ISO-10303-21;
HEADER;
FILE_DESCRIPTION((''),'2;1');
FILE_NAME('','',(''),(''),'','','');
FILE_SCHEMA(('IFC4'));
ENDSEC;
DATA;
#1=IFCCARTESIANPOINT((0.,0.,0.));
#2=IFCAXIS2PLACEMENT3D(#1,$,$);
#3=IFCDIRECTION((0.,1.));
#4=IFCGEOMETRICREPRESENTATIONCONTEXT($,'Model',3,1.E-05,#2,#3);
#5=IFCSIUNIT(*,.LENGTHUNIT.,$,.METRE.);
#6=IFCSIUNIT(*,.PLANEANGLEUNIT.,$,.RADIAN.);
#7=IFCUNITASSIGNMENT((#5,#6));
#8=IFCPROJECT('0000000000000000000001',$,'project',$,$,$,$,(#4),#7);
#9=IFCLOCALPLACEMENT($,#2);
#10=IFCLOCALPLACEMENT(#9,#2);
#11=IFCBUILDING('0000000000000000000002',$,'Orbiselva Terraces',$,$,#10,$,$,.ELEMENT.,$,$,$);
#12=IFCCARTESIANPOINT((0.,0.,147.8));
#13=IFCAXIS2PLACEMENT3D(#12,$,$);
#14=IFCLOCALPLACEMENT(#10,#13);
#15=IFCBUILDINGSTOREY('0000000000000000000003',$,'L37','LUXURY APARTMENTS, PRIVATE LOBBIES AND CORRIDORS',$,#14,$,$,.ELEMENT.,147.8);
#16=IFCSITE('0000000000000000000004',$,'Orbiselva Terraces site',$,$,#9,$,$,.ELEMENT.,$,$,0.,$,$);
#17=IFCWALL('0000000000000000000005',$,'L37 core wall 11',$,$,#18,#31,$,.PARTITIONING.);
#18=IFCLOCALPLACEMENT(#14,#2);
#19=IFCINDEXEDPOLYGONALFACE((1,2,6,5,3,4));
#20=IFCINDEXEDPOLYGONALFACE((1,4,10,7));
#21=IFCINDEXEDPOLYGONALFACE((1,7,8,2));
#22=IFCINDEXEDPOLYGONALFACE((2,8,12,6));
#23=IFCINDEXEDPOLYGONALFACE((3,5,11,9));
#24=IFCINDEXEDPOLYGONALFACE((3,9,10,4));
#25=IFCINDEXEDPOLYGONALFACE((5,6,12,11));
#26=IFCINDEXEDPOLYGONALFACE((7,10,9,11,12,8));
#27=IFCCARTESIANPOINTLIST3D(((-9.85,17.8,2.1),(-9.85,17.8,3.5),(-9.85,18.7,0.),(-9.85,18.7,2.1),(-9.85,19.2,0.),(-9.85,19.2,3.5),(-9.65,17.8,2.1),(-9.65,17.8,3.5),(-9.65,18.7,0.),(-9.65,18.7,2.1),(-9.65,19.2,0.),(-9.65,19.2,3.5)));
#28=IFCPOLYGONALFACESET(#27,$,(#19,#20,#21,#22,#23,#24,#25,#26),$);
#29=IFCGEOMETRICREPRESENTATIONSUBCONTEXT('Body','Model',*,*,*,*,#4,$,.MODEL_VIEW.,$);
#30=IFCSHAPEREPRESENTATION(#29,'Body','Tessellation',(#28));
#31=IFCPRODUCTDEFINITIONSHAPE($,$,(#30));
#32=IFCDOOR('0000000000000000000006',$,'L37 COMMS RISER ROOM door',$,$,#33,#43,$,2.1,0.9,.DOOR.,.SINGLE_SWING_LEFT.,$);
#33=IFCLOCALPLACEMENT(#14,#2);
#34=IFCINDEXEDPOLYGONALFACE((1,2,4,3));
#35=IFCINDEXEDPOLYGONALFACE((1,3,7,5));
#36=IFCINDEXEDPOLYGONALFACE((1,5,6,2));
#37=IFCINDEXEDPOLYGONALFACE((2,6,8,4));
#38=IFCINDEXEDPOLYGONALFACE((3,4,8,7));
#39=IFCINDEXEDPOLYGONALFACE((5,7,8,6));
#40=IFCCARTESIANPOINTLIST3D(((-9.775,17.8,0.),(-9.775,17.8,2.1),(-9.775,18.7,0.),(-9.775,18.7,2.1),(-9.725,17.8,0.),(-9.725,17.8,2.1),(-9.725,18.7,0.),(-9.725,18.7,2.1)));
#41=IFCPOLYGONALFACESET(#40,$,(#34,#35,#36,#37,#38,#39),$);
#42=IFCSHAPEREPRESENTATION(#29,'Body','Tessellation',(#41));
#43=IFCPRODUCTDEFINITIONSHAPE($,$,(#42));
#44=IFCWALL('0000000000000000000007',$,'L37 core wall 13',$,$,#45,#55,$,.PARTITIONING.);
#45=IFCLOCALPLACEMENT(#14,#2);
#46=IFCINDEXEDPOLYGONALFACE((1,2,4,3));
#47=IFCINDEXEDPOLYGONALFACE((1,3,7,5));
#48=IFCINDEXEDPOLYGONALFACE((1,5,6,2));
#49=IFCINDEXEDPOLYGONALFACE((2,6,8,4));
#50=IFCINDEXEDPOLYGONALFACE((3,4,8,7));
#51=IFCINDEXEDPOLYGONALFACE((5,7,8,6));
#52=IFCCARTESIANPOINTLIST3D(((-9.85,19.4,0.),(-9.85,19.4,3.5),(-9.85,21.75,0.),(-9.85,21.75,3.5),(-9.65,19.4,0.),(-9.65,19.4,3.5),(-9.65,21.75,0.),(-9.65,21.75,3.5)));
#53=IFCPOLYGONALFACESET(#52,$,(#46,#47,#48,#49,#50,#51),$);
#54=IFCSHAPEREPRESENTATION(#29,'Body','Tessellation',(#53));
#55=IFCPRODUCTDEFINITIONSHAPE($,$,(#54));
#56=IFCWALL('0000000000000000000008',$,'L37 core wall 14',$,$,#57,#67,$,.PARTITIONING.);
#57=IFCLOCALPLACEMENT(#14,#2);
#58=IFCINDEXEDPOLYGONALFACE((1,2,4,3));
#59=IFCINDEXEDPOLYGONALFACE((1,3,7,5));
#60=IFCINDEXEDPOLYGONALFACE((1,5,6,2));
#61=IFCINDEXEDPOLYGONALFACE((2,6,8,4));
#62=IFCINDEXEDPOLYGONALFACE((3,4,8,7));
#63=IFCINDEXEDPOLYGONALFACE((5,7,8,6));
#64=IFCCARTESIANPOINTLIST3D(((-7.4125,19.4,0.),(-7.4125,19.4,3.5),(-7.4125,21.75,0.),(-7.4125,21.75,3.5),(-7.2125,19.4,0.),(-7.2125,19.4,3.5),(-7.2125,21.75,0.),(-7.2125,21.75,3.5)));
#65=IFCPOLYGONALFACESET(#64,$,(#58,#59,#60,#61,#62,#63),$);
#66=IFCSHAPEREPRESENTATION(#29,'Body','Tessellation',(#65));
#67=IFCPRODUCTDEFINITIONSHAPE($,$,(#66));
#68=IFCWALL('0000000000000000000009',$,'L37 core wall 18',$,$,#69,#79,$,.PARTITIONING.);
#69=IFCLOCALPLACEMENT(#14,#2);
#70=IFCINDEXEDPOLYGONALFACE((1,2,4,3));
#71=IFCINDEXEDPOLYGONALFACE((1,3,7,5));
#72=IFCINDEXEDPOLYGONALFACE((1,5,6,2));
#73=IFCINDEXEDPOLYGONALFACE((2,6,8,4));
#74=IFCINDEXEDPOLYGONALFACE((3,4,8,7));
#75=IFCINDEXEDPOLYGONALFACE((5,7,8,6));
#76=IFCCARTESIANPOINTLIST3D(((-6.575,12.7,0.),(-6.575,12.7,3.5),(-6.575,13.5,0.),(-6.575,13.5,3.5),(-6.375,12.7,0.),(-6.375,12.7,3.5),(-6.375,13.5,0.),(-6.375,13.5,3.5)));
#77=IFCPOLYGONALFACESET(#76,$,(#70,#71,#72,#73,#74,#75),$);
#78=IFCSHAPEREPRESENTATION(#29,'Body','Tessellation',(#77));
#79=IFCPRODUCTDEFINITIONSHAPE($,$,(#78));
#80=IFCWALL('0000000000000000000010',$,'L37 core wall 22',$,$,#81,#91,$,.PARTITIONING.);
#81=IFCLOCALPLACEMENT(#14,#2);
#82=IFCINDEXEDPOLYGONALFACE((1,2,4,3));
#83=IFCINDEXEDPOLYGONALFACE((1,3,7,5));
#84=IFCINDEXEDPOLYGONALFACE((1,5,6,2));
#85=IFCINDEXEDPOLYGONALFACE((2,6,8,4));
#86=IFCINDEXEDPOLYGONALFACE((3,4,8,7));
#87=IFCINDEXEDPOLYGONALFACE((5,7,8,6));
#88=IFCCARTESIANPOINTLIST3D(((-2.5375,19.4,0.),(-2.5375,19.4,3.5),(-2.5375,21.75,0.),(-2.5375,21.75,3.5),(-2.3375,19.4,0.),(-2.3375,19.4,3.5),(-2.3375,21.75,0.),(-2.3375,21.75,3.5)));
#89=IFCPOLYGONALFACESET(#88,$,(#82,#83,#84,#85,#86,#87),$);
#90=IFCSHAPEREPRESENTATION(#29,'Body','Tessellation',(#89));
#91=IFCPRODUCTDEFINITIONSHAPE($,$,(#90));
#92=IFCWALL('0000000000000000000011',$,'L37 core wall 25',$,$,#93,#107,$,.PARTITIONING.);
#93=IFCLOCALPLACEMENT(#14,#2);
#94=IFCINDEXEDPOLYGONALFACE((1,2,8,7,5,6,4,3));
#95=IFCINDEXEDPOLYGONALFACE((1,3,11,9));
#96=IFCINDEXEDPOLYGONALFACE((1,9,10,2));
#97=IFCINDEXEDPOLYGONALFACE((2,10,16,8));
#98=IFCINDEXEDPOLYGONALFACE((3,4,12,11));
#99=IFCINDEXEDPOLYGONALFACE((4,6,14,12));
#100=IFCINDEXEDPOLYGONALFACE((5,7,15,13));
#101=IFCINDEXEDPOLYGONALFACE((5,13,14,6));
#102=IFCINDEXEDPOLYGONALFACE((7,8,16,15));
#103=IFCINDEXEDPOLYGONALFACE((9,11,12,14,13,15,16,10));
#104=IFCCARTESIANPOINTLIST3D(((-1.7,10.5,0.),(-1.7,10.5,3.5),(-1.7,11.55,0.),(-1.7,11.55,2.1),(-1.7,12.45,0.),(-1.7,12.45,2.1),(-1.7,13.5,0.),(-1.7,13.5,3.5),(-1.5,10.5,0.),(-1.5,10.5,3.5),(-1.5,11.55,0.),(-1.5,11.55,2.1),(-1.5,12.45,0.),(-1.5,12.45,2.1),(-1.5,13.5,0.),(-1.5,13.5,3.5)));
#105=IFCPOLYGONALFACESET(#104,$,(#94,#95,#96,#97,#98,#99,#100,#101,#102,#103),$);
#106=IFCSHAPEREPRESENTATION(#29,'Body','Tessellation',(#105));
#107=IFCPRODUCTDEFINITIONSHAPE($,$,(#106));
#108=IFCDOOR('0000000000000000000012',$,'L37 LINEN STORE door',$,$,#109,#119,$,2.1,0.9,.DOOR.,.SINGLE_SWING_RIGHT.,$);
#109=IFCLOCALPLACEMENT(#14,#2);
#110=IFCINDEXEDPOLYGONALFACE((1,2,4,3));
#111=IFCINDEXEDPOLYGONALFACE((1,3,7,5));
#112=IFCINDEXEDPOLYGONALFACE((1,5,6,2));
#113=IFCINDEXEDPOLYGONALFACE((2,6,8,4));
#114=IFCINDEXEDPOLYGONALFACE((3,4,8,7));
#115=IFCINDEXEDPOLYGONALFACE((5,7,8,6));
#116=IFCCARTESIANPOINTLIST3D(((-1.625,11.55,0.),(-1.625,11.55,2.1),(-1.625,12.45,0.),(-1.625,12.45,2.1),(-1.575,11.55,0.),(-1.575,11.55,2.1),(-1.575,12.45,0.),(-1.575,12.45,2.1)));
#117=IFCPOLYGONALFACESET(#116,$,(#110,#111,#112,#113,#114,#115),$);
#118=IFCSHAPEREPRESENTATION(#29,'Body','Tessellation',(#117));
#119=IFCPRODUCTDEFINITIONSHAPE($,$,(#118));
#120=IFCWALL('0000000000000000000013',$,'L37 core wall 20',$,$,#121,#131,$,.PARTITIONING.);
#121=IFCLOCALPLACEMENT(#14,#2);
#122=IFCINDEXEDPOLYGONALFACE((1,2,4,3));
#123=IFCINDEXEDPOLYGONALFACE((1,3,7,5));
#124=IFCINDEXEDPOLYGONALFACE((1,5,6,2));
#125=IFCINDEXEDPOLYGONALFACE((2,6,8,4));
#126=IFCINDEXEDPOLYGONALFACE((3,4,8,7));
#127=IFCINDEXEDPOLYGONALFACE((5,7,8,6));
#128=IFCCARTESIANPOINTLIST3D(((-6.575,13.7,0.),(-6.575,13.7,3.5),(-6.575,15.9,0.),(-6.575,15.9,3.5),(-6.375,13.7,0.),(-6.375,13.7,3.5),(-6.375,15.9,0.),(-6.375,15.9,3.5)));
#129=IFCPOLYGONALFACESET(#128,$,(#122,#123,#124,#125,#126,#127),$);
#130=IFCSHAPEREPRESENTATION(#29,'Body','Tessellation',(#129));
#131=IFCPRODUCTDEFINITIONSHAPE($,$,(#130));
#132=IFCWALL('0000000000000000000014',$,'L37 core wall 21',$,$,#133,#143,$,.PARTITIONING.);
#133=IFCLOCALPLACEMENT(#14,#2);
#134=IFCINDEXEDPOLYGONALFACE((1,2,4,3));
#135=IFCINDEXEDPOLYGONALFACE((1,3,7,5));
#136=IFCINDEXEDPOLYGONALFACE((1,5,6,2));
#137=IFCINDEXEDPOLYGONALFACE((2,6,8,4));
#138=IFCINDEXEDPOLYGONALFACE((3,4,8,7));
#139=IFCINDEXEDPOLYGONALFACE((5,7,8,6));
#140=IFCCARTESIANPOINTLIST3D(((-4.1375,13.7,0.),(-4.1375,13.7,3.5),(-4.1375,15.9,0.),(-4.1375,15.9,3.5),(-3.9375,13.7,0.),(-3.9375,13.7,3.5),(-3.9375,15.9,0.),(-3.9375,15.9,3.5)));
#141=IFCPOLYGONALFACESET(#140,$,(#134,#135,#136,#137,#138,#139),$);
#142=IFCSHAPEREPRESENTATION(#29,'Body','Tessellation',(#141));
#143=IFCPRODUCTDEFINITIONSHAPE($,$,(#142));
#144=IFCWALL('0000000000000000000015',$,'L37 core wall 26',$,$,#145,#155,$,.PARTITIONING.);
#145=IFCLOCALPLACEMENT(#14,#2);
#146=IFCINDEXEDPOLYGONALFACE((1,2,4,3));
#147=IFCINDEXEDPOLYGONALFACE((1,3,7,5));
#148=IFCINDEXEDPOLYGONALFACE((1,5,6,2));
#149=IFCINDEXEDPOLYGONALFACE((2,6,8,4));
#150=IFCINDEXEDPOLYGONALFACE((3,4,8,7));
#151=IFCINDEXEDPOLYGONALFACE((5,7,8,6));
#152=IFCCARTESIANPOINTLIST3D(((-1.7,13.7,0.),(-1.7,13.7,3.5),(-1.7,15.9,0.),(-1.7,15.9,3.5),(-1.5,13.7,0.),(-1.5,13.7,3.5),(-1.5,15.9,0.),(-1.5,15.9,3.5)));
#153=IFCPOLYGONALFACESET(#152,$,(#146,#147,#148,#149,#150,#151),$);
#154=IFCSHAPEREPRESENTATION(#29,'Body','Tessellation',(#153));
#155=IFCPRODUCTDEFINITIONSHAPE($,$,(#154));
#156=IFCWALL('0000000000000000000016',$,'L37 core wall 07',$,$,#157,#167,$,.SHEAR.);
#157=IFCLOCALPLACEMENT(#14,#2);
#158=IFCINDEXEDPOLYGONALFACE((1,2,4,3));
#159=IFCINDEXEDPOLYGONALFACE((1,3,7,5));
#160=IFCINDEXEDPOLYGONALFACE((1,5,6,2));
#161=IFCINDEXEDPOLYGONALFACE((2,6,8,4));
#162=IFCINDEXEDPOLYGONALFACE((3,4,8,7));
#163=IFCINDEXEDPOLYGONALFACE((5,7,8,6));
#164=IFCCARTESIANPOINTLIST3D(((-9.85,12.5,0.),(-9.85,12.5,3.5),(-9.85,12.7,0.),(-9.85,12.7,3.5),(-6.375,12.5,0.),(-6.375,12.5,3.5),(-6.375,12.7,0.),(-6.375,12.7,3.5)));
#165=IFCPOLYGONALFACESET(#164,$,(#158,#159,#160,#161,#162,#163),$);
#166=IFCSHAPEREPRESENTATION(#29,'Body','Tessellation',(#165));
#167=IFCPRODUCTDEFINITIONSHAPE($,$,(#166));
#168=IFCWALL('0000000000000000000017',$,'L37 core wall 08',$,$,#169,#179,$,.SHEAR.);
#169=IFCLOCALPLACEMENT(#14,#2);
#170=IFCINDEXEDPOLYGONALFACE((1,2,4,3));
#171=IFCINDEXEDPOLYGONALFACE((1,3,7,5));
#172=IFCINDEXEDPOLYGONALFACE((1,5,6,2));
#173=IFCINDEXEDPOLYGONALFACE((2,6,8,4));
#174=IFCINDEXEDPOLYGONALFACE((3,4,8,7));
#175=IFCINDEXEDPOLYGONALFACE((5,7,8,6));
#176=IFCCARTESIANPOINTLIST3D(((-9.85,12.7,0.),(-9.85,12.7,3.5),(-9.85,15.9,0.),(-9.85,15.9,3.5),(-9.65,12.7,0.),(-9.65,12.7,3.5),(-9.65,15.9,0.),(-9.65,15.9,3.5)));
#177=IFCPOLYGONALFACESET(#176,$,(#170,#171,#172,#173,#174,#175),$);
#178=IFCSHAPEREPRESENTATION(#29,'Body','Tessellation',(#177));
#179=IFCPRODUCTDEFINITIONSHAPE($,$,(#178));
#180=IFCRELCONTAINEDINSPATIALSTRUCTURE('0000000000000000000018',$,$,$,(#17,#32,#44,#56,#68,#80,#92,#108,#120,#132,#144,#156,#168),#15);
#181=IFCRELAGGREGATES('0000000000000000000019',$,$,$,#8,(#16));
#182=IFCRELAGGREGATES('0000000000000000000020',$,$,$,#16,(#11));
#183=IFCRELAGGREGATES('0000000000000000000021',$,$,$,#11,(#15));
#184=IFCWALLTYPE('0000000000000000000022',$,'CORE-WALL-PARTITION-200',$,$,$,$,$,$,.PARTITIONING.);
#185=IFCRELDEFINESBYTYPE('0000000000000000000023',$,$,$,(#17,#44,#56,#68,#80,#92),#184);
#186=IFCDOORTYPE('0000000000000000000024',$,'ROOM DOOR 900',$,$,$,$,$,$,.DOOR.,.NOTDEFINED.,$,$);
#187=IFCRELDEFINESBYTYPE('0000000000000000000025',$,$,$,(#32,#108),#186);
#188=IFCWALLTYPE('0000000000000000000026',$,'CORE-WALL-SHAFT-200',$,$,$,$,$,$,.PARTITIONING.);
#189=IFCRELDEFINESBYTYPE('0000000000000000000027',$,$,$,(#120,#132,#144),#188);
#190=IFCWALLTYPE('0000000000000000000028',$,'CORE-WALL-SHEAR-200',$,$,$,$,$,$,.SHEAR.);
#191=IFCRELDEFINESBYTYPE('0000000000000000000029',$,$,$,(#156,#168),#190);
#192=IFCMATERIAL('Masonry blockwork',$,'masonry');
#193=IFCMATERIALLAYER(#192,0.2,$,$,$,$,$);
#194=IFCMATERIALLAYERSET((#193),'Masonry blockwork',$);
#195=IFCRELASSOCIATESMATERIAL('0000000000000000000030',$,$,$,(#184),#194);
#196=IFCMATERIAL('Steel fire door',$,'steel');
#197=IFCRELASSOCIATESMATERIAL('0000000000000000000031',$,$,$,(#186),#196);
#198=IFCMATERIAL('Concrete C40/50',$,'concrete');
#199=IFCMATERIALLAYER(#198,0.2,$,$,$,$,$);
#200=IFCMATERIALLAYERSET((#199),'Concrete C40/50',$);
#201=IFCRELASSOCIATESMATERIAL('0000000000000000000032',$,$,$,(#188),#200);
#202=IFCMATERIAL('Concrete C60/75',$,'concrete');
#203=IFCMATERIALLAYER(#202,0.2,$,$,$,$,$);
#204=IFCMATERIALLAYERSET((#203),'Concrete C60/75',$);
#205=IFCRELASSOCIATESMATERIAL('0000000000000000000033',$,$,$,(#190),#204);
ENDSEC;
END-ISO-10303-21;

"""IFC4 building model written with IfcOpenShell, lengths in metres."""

from ifc_helpers import new_model, si_unit, direction, frame, frame_2d, origin, place, context, subcontext, project, spatial, rectangle, extrude, material, layer, layer_set, type_object, element, fill, save


model = new_model("IFC4")

# Units and contexts
model_context = context("Model", 3, precision=1e-05, world=origin(), true_north=direction((0.0, 1.0)))
body_context = subcontext(model_context, "Body", "Model", "MODEL_VIEW")
ifc_project = project(units=[si_unit("LENGTHUNIT", "METRE"), si_unit("PLANEANGLEUNIT", "RADIAN")], contexts=[model_context])

# Site, building, storey
site_placement = place(None, origin())
site = spatial("IfcSite", under=ifc_project, at=site_placement, Name="Orbiselva Terraces site", CompositionType="ELEMENT", RefElevation=0.0)
building_placement = place(site_placement, origin())
building = spatial("IfcBuilding", under=site, at=building_placement, Name="Orbiselva Terraces", CompositionType="ELEMENT")
storey_placement = place(building_placement, frame((0.0, 0.0, 147.8)))
storey = spatial("IfcBuildingStorey", under=building, at=storey_placement, Name="L37", Description="LUXURY APARTMENTS, PRIVATE LOBBIES AND CORRIDORS", CompositionType="ELEMENT", Elevation=147.8)

# Wall, opening, door
ifc_material_1 = material(Name="Masonry blockwork", Category="masonry")
ifc_layer_1 = layer(ifc_material_1, 0.2)
ifc_layer_set_1 = layer_set([ifc_layer_1], Name="Masonry blockwork")
wall_type_1 = type_object("IfcWallType", Name="CORE-WALL-PARTITION-200", PredefinedType="PARTITIONING", material=ifc_layer_set_1)
wall_1_placement = place(storey_placement, frame((-9.75, 17.8, 0.0), z_axis=(0.0, 0.0, 1.0), x_axis=(0.0, 1.0, 0.0)))
wall_1 = element("IfcWall", 1, at=wall_1_placement, inside=storey, type_object=wall_type_1, Name="L37 core wall 11", PredefinedType="PARTITIONING", context=body_context, shape_type="SweptSolid", body=[
    extrude(rectangle(XDim=1.4, YDim=0.2, at=frame_2d((0.7, 0.0))), origin(), (0.0, 0.0, 1.0), 3.5),
])
opening_1_placement = place(wall_1_placement, origin())
opening_1 = element("IfcOpeningElement", 2, at=opening_1_placement, cuts=wall_1, PredefinedType="OPENING", context=body_context, shape_type="SweptSolid", body=[
    extrude(rectangle(XDim=0.9, YDim=2.1, at=frame_2d((0.45, 1.05))), frame((0.0, 0.11, 0.0), z_axis=(0.0, -1.0, 0.0), x_axis=(1.0, 0.0, 0.0)), (0.0, 0.0, 1.0), 0.22),
])
ifc_material_2 = material(Name="Steel fire door", Category="steel")
door_type_1 = type_object("IfcDoorType", Name="ROOM DOOR 900", OperationType="NOTDEFINED", PredefinedType="DOOR", material=ifc_material_2)
door_1_placement = place(opening_1_placement, origin())
door_1 = element("IfcDoor", 3, at=door_1_placement, inside=storey, type_object=door_type_1, Name="L37 COMMS RISER ROOM door", OperationType="SINGLE_SWING_LEFT", OverallHeight=2.1, OverallWidth=0.9, PredefinedType="DOOR", context=body_context, shape_type="SweptSolid", body=[
    extrude(rectangle(XDim=0.9, YDim=2.1, at=frame_2d((0.45, 1.05))), frame((0.0, 0.025, 0.0), z_axis=(0.0, -1.0, 0.0), x_axis=(1.0, 0.0, 0.0)), (0.0, 0.0, 1.0), 0.05),
])
fill(opening_1, door_1)

# Walls
for number, where, z_axis, x_axis, name in (
    (4, (-9.75, 19.4, 0.0), (0.0, 0.0, 1.0), (0.0, 1.0, 0.0), "L37 core wall 13"),
    (5, (-7.3125, 19.4, 0.0), (0.0, 0.0, 1.0), (0.0, 1.0, 0.0), "L37 core wall 14"),
):
    element("IfcWall", number, at=place(storey_placement, frame(where, z_axis=z_axis, x_axis=x_axis)), inside=storey, type_object=wall_type_1, Name=name, PredefinedType="PARTITIONING", context=body_context, shape_type="SweptSolid", body=[
        extrude(rectangle(XDim=2.35, YDim=0.2, at=frame_2d((1.175, 0.0))), origin(), (0.0, 0.0, 1.0), 3.5),
    ])
wall_2_placement = place(storey_placement, frame((-6.475, 12.7, 0.0), z_axis=(0.0, 0.0, 1.0), x_axis=(0.0, 1.0, 0.0)))
element("IfcWall", 6, at=wall_2_placement, inside=storey, type_object=wall_type_1, Name="L37 core wall 18", PredefinedType="PARTITIONING", context=body_context, shape_type="SweptSolid", body=[
    extrude(rectangle(XDim=0.8, YDim=0.2, at=frame_2d((0.4, 0.0))), origin(), (0.0, 0.0, 1.0), 3.5),
])
wall_3_placement = place(storey_placement, frame((-2.4375, 19.4, 0.0), z_axis=(0.0, 0.0, 1.0), x_axis=(0.0, 1.0, 0.0)))
element("IfcWall", 7, at=wall_3_placement, inside=storey, type_object=wall_type_1, Name="L37 core wall 22", PredefinedType="PARTITIONING", context=body_context, shape_type="SweptSolid", body=[
    extrude(rectangle(XDim=2.35, YDim=0.2, at=frame_2d((1.175, 0.0))), origin(), (0.0, 0.0, 1.0), 3.5),
])

# Wall, opening, door
wall_4_placement = place(storey_placement, frame((-1.6, 10.5, 0.0), z_axis=(0.0, 0.0, 1.0), x_axis=(0.0, 1.0, 0.0)))
wall_4 = element("IfcWall", 8, at=wall_4_placement, inside=storey, type_object=wall_type_1, Name="L37 core wall 25", PredefinedType="PARTITIONING", context=body_context, shape_type="SweptSolid", body=[
    extrude(rectangle(XDim=3.0, YDim=0.2, at=frame_2d((1.5, 0.0))), origin(), (0.0, 0.0, 1.0), 3.5),
])
opening_2_placement = place(wall_4_placement, frame((1.05, 0.0, 0.0)))
opening_2 = element("IfcOpeningElement", 9, at=opening_2_placement, cuts=wall_4, PredefinedType="OPENING", context=body_context, shape_type="SweptSolid", body=[
    extrude(rectangle(XDim=0.9, YDim=2.1, at=frame_2d((0.45, 1.05))), frame((0.0, 0.11, 0.0), z_axis=(0.0, -1.0, 0.0), x_axis=(1.0, 0.0, 0.0)), (0.0, 0.0, 1.0), 0.22),
])
door_2_placement = place(opening_2_placement, origin())
door_2 = element("IfcDoor", 10, at=door_2_placement, inside=storey, type_object=door_type_1, Name="L37 LINEN STORE door", OperationType="SINGLE_SWING_RIGHT", OverallHeight=2.1, OverallWidth=0.9, PredefinedType="DOOR", context=body_context, shape_type="SweptSolid", body=[
    extrude(rectangle(XDim=0.9, YDim=2.1, at=frame_2d((0.45, 1.05))), frame((0.0, 0.025, 0.0), z_axis=(0.0, -1.0, 0.0), x_axis=(1.0, 0.0, 0.0)), (0.0, 0.0, 1.0), 0.05),
])
fill(opening_2, door_2)

# Walls
ifc_material_3 = material(Name="Concrete C40/50", Category="concrete")
ifc_layer_2 = layer(ifc_material_3, 0.2)
ifc_layer_set_2 = layer_set([ifc_layer_2], Name="Concrete C40/50")
wall_type_2 = type_object("IfcWallType", Name="CORE-WALL-SHAFT-200", PredefinedType="PARTITIONING", material=ifc_layer_set_2)
for number, where, z_axis, x_axis, name in (
    (11, (-6.475, 13.7, 0.0), (0.0, 0.0, 1.0), (0.0, 1.0, 0.0), "L37 core wall 20"),
    (12, (-4.0375, 13.7, 0.0), (0.0, 0.0, 1.0), (0.0, 1.0, 0.0), "L37 core wall 21"),
    (13, (-1.6, 13.7, 0.0), (0.0, 0.0, 1.0), (0.0, 1.0, 0.0), "L37 core wall 26"),
):
    element("IfcWall", number, at=place(storey_placement, frame(where, z_axis=z_axis, x_axis=x_axis)), inside=storey, type_object=wall_type_2, Name=name, PredefinedType="PARTITIONING", context=body_context, shape_type="SweptSolid", body=[
        extrude(rectangle(XDim=2.2, YDim=0.2, at=frame_2d((1.1, 0.0))), origin(), (0.0, 0.0, 1.0), 3.5),
    ])
ifc_material_4 = material(Name="Concrete C60/75", Category="concrete")
ifc_layer_3 = layer(ifc_material_4, 0.2)
ifc_layer_set_3 = layer_set([ifc_layer_3], Name="Concrete C60/75")
wall_type_3 = type_object("IfcWallType", Name="CORE-WALL-SHEAR-200", PredefinedType="SHEAR", material=ifc_layer_set_3)
wall_5_placement = place(storey_placement, frame((-9.85, 12.6, 0.0), z_axis=(0.0, 0.0, 1.0), x_axis=(1.0, 0.0, 0.0)))
element("IfcWall", 14, at=wall_5_placement, inside=storey, type_object=wall_type_3, Name="L37 core wall 07", PredefinedType="SHEAR", context=body_context, shape_type="SweptSolid", body=[
    extrude(rectangle(XDim=3.475, YDim=0.2, at=frame_2d((1.7375, 0.0))), origin(), (0.0, 0.0, 1.0), 3.5),
])
wall_6_placement = place(storey_placement, frame((-9.75, 12.7, 0.0), z_axis=(0.0, 0.0, 1.0), x_axis=(0.0, 1.0, 0.0)))
element("IfcWall", 15, at=wall_6_placement, inside=storey, type_object=wall_type_3, Name="L37 core wall 08", PredefinedType="SHEAR", context=body_context, shape_type="SweptSolid", body=[
    extrude(rectangle(XDim=3.2, YDim=0.2, at=frame_2d((1.6, 0.0))), origin(), (0.0, 0.0, 1.0), 3.5),
])

save(model, "model.ifc")
